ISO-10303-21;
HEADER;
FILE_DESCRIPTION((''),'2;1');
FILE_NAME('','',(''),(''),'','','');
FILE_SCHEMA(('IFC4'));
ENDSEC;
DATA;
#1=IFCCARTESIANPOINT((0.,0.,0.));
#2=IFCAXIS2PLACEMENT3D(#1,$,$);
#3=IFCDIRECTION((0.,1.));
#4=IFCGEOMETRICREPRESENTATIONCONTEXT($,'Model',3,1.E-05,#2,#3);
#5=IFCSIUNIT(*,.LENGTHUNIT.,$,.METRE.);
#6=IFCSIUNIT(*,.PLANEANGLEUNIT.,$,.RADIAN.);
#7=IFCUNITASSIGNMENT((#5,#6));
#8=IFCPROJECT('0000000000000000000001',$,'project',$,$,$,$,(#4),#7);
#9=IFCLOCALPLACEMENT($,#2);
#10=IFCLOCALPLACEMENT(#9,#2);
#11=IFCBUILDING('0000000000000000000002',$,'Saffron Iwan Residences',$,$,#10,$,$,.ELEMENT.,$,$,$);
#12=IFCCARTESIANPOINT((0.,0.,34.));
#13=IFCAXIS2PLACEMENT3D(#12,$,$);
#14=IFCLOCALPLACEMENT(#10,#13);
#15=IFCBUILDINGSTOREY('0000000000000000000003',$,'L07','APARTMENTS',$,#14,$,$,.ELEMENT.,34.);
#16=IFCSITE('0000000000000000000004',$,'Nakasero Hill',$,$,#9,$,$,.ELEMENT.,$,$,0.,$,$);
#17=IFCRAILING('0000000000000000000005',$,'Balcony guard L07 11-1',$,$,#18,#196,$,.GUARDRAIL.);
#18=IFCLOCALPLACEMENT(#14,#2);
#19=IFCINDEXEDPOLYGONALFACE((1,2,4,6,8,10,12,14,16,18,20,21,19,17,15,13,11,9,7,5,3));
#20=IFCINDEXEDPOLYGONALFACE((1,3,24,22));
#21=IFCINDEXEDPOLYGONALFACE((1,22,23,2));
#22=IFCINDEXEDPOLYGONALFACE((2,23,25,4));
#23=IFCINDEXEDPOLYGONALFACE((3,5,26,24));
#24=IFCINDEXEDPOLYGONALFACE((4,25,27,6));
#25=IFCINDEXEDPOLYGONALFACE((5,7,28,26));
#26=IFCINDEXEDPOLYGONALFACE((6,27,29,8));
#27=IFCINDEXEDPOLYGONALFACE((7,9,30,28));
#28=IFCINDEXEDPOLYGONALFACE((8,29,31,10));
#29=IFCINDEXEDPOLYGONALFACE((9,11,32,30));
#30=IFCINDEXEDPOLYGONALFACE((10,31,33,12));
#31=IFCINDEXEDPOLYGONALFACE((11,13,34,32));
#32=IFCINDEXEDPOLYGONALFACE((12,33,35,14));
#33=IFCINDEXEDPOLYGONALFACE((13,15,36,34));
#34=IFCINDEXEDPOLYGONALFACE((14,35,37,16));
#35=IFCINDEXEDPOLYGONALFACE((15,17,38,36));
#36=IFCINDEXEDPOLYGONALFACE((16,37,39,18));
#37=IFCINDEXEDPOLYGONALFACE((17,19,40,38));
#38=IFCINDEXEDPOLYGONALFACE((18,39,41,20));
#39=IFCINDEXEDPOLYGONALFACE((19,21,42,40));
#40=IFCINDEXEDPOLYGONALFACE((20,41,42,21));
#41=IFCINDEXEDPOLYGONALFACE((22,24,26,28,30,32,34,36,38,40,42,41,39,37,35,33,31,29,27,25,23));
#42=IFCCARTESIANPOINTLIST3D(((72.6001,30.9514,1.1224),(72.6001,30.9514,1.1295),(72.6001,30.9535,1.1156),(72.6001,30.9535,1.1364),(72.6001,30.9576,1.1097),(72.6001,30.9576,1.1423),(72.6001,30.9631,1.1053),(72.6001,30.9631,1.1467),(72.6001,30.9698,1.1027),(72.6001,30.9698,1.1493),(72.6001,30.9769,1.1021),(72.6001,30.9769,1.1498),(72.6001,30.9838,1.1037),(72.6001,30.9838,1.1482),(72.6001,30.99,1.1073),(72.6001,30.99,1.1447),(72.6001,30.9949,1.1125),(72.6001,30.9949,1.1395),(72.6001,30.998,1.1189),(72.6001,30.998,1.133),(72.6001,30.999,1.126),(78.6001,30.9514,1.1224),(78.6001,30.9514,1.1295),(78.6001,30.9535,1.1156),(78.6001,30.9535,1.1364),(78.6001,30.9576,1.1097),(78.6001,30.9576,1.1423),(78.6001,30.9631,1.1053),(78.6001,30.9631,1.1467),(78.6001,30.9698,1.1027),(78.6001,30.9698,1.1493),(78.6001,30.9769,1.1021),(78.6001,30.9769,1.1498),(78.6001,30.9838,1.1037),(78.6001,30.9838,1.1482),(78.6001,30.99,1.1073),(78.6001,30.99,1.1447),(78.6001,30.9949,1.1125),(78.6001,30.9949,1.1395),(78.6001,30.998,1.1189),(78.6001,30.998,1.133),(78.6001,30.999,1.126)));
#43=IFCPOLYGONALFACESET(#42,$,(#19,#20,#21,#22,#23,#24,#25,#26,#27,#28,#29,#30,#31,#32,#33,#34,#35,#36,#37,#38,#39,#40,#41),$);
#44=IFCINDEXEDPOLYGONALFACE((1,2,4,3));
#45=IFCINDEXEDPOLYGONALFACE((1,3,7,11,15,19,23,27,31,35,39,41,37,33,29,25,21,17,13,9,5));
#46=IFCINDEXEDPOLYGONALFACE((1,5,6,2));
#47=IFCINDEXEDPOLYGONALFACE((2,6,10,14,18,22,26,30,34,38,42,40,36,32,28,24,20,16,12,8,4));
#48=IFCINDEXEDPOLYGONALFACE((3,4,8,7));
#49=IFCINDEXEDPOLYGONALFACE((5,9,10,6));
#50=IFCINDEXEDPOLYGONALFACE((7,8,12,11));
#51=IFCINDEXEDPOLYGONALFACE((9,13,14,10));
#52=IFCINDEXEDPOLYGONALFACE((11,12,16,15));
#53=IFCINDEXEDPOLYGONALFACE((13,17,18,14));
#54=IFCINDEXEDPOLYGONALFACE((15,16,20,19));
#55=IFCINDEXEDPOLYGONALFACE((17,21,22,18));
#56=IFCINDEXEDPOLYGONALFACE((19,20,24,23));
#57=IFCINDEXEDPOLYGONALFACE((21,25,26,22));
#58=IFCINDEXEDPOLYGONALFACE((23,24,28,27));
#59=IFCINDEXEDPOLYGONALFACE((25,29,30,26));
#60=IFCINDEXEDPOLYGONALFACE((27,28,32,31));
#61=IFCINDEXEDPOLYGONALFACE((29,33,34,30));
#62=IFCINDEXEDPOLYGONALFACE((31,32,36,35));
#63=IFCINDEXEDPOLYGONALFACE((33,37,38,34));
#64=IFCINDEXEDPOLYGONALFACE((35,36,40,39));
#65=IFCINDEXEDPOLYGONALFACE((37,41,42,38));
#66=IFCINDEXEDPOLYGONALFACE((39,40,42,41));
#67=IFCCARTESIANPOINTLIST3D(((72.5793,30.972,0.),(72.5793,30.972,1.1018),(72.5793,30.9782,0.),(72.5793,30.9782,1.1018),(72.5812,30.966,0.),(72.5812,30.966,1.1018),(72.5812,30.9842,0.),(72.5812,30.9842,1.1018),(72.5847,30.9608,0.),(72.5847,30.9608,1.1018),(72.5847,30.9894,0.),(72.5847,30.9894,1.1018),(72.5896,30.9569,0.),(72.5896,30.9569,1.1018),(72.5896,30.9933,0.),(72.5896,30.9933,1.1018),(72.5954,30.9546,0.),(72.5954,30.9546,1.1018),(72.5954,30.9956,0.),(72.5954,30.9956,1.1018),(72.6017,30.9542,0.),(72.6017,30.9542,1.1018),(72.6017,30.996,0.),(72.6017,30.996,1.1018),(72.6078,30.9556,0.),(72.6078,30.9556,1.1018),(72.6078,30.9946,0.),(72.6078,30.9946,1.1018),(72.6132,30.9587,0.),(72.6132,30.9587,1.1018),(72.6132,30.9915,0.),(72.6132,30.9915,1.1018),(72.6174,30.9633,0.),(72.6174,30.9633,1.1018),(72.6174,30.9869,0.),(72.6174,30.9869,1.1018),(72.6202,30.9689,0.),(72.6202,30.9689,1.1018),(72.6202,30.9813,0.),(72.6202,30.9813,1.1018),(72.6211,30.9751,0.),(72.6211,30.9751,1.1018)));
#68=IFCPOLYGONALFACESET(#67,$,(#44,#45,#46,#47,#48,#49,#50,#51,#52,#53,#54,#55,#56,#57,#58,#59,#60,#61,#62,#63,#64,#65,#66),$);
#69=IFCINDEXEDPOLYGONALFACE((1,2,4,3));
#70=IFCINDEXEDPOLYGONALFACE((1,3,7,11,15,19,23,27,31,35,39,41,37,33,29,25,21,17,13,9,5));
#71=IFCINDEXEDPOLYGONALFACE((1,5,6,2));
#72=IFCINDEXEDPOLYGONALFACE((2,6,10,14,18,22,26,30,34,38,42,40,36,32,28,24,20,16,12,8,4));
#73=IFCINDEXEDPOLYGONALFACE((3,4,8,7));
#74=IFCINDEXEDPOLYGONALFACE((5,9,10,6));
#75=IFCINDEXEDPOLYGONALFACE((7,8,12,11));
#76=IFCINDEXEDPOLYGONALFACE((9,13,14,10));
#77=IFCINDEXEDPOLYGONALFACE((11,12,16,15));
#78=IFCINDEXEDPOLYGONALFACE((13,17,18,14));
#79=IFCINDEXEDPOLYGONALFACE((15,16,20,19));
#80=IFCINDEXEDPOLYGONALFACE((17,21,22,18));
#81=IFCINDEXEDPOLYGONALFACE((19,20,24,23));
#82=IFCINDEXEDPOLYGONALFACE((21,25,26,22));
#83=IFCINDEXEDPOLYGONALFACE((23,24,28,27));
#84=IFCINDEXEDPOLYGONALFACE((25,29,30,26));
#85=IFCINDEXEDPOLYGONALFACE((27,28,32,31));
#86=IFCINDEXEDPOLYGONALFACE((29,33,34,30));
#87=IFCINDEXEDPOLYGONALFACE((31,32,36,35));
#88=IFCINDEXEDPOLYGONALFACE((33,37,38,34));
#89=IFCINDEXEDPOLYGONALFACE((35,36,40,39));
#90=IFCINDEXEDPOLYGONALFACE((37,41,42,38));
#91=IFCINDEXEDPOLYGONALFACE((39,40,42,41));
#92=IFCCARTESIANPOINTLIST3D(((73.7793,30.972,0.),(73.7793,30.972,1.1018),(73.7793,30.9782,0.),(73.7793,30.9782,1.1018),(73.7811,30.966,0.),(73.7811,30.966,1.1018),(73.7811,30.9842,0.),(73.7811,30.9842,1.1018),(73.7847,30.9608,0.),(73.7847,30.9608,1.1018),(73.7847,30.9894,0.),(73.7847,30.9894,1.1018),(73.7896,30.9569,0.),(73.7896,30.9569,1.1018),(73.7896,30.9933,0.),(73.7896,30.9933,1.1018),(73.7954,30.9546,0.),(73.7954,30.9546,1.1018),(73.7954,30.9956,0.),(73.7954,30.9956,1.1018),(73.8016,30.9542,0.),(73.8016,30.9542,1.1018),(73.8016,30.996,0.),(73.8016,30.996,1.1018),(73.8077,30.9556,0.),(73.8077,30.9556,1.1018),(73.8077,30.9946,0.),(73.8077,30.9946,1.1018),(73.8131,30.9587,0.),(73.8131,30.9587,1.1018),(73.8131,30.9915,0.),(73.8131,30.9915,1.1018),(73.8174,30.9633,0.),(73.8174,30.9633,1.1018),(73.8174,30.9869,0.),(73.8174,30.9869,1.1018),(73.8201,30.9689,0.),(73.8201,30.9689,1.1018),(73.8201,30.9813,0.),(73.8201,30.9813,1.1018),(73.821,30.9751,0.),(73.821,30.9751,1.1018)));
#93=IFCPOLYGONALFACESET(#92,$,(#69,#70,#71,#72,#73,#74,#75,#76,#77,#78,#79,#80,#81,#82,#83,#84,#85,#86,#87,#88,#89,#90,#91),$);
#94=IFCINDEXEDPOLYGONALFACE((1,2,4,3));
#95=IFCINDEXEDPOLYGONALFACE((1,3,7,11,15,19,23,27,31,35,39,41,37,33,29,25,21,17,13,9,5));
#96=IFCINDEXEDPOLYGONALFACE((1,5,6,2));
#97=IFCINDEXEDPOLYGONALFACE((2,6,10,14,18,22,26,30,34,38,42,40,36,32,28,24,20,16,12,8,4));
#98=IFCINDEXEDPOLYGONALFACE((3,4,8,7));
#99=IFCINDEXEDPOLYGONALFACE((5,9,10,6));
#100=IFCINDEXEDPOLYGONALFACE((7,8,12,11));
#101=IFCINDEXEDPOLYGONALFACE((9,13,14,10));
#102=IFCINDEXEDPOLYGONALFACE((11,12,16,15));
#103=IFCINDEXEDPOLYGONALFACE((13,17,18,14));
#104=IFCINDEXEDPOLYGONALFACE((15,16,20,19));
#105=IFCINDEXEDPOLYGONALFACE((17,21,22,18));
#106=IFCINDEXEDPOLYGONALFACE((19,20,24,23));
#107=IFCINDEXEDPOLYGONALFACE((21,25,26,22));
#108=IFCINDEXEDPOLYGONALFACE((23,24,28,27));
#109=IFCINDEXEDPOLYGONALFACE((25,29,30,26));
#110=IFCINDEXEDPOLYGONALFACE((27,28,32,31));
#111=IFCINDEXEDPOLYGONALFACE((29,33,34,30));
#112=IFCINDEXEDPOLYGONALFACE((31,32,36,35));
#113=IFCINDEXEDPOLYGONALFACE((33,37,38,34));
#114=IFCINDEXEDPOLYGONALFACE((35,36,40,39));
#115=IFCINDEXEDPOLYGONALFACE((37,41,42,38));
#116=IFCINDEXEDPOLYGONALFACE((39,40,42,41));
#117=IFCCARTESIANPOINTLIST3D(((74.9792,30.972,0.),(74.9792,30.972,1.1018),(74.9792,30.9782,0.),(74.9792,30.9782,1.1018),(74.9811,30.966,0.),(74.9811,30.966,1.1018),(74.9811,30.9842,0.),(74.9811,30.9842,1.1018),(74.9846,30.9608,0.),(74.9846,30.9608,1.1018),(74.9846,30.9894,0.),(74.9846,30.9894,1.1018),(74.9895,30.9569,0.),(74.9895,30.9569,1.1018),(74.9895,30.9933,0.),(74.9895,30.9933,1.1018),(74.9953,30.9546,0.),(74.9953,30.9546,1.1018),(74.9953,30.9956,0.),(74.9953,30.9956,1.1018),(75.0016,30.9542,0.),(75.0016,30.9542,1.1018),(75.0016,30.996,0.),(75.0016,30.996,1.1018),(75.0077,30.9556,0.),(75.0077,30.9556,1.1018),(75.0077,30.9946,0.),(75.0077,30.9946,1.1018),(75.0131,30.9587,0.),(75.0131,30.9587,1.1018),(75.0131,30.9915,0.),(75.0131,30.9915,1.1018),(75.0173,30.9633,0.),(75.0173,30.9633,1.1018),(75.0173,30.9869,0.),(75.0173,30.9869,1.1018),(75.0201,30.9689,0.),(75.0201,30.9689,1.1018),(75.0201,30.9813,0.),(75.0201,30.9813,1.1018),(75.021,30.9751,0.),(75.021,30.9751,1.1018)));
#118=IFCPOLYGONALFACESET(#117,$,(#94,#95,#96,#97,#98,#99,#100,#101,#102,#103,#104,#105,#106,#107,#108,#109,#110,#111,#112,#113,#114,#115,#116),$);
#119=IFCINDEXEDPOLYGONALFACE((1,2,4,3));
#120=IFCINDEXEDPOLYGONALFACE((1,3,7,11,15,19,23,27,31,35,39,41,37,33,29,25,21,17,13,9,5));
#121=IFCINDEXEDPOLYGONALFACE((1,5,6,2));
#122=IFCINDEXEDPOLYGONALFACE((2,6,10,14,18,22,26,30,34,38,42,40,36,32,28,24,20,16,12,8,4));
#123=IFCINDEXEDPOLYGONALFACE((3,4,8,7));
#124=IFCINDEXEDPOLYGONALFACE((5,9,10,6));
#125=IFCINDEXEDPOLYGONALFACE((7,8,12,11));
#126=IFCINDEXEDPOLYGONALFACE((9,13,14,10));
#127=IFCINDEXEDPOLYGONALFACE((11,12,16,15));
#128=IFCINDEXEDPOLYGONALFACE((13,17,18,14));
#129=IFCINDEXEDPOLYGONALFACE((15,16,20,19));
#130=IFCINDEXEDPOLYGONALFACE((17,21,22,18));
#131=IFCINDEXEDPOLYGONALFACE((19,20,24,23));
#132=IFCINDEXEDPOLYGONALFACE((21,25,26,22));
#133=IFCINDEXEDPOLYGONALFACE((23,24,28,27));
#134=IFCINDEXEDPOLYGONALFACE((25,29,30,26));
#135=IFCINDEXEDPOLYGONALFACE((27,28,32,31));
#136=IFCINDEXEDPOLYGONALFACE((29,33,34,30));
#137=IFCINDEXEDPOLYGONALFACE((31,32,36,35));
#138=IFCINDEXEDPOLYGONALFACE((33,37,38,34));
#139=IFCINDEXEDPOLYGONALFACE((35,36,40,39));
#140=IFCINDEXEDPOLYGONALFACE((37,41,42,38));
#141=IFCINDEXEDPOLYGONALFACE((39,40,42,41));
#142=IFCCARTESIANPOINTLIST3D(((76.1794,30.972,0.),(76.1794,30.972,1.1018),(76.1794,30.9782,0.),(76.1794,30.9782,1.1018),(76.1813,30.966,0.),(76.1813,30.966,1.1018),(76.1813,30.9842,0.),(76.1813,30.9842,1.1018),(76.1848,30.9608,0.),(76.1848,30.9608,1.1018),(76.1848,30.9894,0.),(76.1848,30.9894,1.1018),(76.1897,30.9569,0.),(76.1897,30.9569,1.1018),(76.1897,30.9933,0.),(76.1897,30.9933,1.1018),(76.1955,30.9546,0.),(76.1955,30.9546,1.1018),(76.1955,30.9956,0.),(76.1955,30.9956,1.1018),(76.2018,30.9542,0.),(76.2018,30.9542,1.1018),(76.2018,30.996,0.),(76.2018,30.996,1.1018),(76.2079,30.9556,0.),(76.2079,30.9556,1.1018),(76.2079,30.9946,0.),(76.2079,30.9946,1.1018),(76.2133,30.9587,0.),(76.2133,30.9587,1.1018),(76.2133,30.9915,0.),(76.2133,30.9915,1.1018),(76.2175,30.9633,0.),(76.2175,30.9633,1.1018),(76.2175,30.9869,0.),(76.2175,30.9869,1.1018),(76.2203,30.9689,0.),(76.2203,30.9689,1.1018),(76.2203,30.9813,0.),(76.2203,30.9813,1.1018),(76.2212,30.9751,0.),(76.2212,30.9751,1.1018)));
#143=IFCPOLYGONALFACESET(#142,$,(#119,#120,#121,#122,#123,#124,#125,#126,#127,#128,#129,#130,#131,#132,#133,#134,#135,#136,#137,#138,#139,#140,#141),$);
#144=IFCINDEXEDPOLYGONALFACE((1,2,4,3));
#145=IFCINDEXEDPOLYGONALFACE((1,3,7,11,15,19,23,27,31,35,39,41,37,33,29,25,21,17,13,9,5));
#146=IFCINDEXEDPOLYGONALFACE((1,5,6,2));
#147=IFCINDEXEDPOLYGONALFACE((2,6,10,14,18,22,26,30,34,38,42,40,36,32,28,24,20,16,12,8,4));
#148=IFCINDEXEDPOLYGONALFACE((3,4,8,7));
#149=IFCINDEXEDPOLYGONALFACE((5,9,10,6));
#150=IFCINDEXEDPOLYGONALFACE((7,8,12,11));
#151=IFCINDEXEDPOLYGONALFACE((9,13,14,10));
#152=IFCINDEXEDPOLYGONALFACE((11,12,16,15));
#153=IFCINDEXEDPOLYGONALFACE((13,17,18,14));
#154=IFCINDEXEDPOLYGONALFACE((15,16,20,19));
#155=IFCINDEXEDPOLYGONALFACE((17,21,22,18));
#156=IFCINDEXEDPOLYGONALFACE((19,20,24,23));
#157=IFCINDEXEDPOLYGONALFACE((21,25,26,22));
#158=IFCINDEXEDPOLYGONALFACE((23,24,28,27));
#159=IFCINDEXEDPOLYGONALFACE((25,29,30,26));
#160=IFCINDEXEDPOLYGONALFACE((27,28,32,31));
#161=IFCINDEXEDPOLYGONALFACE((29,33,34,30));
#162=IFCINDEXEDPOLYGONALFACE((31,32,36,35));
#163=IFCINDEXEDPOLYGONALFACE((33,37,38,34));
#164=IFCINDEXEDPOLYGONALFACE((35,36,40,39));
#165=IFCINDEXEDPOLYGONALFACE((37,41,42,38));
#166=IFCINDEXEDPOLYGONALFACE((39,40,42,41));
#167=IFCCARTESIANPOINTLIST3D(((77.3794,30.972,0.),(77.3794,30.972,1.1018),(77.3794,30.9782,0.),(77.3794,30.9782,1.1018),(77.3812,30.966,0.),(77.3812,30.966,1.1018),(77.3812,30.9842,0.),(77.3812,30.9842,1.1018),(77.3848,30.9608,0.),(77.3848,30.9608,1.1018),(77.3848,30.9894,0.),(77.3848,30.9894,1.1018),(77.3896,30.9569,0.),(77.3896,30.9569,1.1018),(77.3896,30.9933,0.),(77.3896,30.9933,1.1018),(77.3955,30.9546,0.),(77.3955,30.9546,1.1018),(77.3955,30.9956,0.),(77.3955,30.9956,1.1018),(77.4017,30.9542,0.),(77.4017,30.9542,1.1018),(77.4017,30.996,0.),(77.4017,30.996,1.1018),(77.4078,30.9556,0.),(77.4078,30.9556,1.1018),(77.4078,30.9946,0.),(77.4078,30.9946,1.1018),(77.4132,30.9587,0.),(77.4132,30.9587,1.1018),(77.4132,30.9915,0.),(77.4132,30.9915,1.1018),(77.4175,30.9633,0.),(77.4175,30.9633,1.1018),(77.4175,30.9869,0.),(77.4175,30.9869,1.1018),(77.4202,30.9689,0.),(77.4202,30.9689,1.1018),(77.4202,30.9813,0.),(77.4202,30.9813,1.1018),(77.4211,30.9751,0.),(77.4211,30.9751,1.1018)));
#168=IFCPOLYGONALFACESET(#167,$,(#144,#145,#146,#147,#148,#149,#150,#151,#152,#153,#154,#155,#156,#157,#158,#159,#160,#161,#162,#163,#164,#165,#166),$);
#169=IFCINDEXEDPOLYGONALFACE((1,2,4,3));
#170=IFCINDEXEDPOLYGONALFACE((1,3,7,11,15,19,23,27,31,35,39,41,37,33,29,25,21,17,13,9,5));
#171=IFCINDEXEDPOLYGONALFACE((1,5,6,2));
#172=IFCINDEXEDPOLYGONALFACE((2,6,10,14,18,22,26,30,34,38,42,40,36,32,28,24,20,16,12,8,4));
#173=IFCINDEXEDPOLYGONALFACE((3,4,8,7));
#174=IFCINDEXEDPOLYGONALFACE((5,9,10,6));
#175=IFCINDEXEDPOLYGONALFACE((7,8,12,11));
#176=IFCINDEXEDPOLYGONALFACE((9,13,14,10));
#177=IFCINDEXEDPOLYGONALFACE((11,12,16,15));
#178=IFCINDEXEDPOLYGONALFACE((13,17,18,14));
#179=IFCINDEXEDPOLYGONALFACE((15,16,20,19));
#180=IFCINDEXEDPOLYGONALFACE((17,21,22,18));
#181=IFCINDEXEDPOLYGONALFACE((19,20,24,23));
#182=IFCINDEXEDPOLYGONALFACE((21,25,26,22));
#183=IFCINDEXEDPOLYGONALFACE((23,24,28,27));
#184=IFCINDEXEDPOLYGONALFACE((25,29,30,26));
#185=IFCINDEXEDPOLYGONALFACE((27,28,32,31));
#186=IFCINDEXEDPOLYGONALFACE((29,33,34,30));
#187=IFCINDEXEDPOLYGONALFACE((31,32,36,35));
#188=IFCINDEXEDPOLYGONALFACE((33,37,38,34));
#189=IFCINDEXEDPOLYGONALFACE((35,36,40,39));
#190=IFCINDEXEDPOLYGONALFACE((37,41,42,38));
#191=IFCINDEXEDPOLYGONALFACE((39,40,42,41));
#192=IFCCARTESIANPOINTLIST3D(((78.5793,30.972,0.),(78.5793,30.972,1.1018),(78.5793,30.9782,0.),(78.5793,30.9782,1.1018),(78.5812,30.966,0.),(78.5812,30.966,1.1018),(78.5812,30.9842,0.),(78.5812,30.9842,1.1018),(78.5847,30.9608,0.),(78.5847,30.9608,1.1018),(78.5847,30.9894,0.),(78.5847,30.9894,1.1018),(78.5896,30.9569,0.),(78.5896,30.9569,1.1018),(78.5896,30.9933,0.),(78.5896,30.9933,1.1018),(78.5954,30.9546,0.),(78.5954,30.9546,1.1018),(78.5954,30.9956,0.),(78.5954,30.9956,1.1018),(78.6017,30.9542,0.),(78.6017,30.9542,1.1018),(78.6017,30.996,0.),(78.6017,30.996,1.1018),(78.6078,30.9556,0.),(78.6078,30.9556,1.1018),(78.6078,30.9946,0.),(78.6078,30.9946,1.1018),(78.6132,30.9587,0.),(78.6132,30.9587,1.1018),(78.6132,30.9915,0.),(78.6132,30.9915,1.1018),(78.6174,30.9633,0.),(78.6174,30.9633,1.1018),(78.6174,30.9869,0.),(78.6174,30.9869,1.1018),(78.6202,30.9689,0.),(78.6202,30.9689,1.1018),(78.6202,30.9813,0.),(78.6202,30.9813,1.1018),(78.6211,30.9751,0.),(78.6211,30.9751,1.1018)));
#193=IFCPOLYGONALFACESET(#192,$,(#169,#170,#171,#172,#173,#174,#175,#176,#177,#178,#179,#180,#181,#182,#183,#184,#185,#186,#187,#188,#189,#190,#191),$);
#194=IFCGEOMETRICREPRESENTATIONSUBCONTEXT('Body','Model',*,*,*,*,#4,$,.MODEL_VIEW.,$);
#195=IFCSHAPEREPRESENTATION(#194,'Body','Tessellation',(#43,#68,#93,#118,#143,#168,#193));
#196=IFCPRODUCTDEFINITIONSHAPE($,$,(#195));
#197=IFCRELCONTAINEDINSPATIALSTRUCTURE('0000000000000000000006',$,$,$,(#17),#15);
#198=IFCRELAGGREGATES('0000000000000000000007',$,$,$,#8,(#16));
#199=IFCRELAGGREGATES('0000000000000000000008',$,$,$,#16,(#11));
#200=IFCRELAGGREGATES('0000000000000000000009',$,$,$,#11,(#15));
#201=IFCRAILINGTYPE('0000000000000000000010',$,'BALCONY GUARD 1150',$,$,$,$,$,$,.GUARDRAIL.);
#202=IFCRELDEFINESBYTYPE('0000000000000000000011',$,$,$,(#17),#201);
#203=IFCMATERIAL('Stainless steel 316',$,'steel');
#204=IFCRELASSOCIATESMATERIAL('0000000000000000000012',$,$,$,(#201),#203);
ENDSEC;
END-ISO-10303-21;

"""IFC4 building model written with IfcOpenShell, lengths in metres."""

from ifc_helpers import new_model, si_unit, direction, frame, origin, origin_2d, place, context, subcontext, project, spatial, circle, extrude, material, type_object, element, save


model = new_model("IFC4")

# Units and contexts
model_context = context("Model", 3, precision=1e-05, world=origin(), true_north=direction((0.0, 1.0)))
body_context = subcontext(model_context, "Body", "Model", "MODEL_VIEW")
ifc_project = project(units=[si_unit("LENGTHUNIT", "METRE"), si_unit("PLANEANGLEUNIT", "RADIAN")], contexts=[model_context])

# Site, building, storey
site_placement = place(None, origin())
site = spatial("IfcSite", under=ifc_project, at=site_placement, Name="Nakasero Hill", CompositionType="ELEMENT", RefElevation=0.0)
building_placement = place(site_placement, origin())
building = spatial("IfcBuilding", under=site, at=building_placement, Name="Saffron Iwan Residences", CompositionType="ELEMENT")
storey_placement = place(building_placement, frame((0.0, 0.0, 34.0)))
storey = spatial("IfcBuildingStorey", under=building, at=storey_placement, Name="L07", Description="APARTMENTS", CompositionType="ELEMENT", Elevation=34.0)

# Railing
ifc_material_1 = material(Name="Stainless steel 316", Category="steel")
railing_type = type_object("IfcRailingType", Name="BALCONY GUARD 1150", PredefinedType="GUARDRAIL", material=ifc_material_1)
railing_placement = place(storey_placement, frame((72.6001, 30.9751, 0.0)))
element("IfcRailing", 1, at=railing_placement, inside=storey, type_object=railing_type, Name="Balcony guard L07 11-1", PredefinedType="GUARDRAIL", context=body_context, shape_type="SweptSolid", body=[
    extrude(circle(Radius=0.0239, at=origin_2d()), frame((0.0, 0.0, 1.126), z_axis=(1.0, 0.0, 0.0), x_axis=(0.0, 1.0, 0.0)), (0.0, 0.0, 1.0), 6.0),
    extrude(circle(Radius=0.021, at=origin_2d()), origin(), (0.0, 0.0, 1.0), 1.1018),
    extrude(circle(Radius=0.021, at=origin_2d()), frame((1.2, 0.0, 0.0)), (0.0, 0.0, 1.0), 1.1018),
    extrude(circle(Radius=0.021, at=origin_2d()), frame((2.3999, 0.0, 0.0)), (0.0, 0.0, 1.0), 1.1018),
    extrude(circle(Radius=0.021, at=origin_2d()), frame((3.6001, 0.0, 0.0)), (0.0, 0.0, 1.0), 1.1018),
    extrude(circle(Radius=0.021, at=origin_2d()), frame((4.8, 0.0, 0.0)), (0.0, 0.0, 1.0), 1.1018),
    extrude(circle(Radius=0.021, at=origin_2d()), frame((6.0, 0.0, 0.0)), (0.0, 0.0, 1.0), 1.1018),
])

save(model, "model.ifc")
